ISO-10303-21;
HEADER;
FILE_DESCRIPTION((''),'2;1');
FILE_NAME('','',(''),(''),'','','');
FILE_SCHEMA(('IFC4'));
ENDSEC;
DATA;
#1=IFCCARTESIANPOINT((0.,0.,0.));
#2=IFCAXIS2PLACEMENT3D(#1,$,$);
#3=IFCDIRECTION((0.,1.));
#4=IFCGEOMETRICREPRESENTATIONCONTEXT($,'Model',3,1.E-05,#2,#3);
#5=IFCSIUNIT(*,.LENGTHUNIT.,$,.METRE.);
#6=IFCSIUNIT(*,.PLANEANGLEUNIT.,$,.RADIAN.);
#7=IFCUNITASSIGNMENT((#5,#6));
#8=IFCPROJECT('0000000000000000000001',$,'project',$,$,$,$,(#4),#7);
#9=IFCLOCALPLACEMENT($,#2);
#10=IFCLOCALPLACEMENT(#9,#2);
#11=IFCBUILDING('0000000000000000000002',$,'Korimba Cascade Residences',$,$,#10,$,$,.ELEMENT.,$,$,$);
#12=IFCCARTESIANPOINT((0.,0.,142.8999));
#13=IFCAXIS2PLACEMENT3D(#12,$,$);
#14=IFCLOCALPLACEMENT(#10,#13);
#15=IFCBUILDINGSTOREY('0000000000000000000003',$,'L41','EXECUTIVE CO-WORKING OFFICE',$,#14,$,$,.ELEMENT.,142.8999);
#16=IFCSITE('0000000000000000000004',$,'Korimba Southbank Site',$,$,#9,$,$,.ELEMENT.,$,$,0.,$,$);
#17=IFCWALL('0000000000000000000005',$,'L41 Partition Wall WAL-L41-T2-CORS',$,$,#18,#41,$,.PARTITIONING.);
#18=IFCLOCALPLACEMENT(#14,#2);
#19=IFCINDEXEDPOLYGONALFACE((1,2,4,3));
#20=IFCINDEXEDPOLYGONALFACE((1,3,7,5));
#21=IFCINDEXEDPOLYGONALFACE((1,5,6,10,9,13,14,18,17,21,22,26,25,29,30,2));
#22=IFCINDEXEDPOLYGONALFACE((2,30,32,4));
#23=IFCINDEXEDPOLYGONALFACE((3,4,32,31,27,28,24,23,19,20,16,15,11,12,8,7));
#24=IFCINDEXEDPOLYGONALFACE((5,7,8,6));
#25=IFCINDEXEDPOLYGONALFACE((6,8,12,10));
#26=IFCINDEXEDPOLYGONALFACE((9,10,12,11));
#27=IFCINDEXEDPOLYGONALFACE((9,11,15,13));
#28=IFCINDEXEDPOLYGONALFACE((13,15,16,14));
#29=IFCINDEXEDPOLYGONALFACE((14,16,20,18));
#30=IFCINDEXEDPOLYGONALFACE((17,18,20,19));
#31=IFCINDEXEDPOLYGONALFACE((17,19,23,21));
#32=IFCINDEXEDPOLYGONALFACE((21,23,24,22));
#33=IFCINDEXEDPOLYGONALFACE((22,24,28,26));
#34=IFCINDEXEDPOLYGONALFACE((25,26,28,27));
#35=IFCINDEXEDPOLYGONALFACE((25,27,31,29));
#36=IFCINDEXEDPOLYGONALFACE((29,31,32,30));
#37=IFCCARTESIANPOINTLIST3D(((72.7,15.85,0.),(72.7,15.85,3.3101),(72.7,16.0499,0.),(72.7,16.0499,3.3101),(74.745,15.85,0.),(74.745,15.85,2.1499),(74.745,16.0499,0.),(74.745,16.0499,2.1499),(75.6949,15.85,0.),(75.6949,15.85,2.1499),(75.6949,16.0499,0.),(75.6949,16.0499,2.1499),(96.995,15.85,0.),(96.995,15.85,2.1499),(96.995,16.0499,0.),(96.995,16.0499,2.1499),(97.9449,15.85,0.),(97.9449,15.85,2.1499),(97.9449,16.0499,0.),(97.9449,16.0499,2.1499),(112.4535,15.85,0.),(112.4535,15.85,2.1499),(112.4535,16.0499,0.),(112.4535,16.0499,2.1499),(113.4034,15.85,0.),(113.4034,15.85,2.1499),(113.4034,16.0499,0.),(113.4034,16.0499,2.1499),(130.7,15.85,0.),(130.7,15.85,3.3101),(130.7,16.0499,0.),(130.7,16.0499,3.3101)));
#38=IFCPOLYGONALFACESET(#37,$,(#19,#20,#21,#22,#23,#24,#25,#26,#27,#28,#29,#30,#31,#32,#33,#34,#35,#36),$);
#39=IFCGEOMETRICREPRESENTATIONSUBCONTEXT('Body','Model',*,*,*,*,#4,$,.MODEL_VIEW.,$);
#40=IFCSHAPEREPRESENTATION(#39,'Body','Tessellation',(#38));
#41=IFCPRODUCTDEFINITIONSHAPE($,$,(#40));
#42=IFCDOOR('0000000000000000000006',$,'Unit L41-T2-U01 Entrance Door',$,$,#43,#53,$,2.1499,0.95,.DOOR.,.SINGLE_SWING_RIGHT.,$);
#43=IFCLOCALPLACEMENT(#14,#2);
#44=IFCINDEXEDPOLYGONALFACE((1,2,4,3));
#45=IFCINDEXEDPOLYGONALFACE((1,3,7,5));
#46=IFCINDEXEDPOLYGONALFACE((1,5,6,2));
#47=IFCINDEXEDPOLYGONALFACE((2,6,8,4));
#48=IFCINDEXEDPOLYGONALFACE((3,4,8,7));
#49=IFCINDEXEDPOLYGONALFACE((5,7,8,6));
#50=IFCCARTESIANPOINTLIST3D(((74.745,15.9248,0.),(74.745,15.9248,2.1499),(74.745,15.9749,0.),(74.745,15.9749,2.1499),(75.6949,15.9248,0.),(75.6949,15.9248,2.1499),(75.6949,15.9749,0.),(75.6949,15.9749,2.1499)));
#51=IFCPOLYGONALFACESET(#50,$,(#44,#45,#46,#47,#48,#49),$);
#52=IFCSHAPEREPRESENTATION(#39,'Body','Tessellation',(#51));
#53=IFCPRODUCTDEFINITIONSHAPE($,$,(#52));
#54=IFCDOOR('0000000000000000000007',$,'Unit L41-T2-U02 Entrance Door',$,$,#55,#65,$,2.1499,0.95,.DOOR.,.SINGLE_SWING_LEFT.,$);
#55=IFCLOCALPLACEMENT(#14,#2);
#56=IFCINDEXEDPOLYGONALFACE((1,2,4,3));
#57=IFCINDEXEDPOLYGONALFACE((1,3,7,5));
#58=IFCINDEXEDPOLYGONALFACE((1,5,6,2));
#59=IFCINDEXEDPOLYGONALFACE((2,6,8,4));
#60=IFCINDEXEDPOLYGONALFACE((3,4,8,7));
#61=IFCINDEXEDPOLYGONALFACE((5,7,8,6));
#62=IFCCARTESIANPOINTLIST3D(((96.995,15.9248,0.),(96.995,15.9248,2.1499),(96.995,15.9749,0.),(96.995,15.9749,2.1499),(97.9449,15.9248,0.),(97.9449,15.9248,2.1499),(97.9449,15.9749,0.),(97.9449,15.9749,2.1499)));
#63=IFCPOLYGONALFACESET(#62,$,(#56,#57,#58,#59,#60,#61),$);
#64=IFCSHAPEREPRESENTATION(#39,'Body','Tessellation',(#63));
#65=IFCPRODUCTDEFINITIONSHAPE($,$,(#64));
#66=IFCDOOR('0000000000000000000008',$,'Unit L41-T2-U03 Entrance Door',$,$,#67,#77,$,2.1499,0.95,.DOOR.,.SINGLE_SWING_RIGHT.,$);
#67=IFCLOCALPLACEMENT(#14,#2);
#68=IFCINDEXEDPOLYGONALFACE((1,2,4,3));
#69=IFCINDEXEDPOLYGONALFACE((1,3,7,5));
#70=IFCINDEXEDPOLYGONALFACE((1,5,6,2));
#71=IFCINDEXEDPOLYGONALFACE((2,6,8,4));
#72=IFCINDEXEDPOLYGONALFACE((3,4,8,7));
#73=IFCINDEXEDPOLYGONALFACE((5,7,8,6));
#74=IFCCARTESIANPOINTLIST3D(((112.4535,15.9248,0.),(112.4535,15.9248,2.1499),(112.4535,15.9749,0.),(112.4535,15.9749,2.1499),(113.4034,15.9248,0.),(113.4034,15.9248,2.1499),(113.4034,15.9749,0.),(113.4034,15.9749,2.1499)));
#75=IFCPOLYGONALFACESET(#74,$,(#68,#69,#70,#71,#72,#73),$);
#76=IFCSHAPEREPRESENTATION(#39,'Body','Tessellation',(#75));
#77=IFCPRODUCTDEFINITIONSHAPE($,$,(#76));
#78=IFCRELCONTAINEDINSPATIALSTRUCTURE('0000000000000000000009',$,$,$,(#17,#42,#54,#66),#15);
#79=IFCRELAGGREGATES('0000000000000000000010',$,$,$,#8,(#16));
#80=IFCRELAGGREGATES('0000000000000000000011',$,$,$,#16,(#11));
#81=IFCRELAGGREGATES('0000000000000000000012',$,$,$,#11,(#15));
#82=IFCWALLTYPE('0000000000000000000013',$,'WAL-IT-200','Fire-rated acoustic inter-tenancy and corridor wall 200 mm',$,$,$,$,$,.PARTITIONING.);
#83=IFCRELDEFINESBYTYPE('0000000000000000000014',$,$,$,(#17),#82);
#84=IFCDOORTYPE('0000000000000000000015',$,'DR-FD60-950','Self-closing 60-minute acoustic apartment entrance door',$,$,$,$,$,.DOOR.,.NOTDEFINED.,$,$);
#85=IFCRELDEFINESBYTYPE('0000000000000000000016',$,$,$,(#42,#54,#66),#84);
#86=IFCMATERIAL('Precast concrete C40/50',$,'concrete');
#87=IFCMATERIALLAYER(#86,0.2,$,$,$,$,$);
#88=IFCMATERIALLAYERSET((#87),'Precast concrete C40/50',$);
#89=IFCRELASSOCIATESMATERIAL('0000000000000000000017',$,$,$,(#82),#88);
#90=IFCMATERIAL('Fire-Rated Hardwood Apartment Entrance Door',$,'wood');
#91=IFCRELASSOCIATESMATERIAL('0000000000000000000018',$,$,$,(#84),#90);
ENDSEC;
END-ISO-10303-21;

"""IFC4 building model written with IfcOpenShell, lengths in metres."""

from ifc_helpers import new_model, si_unit, direction, frame, frame_2d, origin, place, context, subcontext, project, spatial, rectangle, extrude, material, layer, layer_set, type_object, element, fill, save


model = new_model("IFC4")

# Units and contexts
model_context = context("Model", 3, precision=1e-05, world=origin(), true_north=direction((0.0, 1.0)))
body_context = subcontext(model_context, "Body", "Model", "MODEL_VIEW")
ifc_project = project(units=[si_unit("LENGTHUNIT", "METRE"), si_unit("PLANEANGLEUNIT", "RADIAN")], contexts=[model_context])

# Site, building, storey
site_placement = place(None, origin())
site = spatial("IfcSite", under=ifc_project, at=site_placement, Name="Korimba Southbank Site", CompositionType="ELEMENT", RefElevation=0.0)
building_placement = place(site_placement, origin())
building = spatial("IfcBuilding", under=site, at=building_placement, Name="Korimba Cascade Residences", CompositionType="ELEMENT")
storey_placement = place(building_placement, frame((0.0, 0.0, 142.8999)))
storey = spatial("IfcBuildingStorey", under=building, at=storey_placement, Name="L41", Description="EXECUTIVE CO-WORKING OFFICE", CompositionType="ELEMENT", Elevation=142.8999)

# Shared definitions
ifc_material_1 = material(Name="Precast concrete C40/50", Category="concrete")

# Shared definitions
ifc_layer_1 = layer(ifc_material_1, 0.2)
ifc_layer_set_1 = layer_set([ifc_layer_1], Name="Precast concrete C40/50")
wall_type_1 = type_object("IfcWallType", Name="WAL-IT-200", Description="Fire-rated acoustic inter-tenancy and corridor wall 200 mm", PredefinedType="PARTITIONING", material=ifc_layer_set_1)

# Wall, openings, doors
wall_1_placement = place(storey_placement, frame((72.7, 15.95, 0.0), z_axis=(0.0, 0.0, 1.0), x_axis=(1.0, 0.0, 0.0)))
wall_1 = element("IfcWall", 1, at=wall_1_placement, inside=storey, type_object=wall_type_1, Name="L41 Partition Wall WAL-L41-T2-CORS", PredefinedType="PARTITIONING", context=body_context, shape_type="SweptSolid", body=[
    extrude(rectangle(XDim=58.0, YDim=0.2, at=frame_2d((29.0, 0.0))), origin(), (0.0, 0.0, 1.0), 3.3101),
])
opening_1_placement = place(wall_1_placement, frame((2.0449, 0.0, 0.0)))
opening_1 = element("IfcOpeningElement", 2, at=opening_1_placement, cuts=wall_1, PredefinedType="OPENING", context=body_context, shape_type="SweptSolid", body=[
    extrude(rectangle(XDim=0.95, YDim=2.1499, at=frame_2d((0.4751, 1.075))), frame((0.0, 0.1099, 0.0), z_axis=(0.0, -1.0, 0.0), x_axis=(1.0, 0.0, 0.0)), (0.0, 0.0, 1.0), 0.22),
])
opening_2_placement = place(wall_1_placement, frame((24.2949, 0.0, 0.0)))
opening_2 = element("IfcOpeningElement", 3, at=opening_2_placement, cuts=wall_1, PredefinedType="OPENING", context=body_context, shape_type="SweptSolid", body=[
    extrude(rectangle(XDim=0.95, YDim=2.1499, at=frame_2d((0.4751, 1.075))), frame((0.0, 0.1099, 0.0), z_axis=(0.0, -1.0, 0.0), x_axis=(1.0, 0.0, 0.0)), (0.0, 0.0, 1.0), 0.22),
])
opening_3_placement = place(wall_1_placement, frame((39.7534, 0.0, 0.0)))
opening_3 = element("IfcOpeningElement", 4, at=opening_3_placement, cuts=wall_1, PredefinedType="OPENING", context=body_context, shape_type="SweptSolid", body=[
    extrude(rectangle(XDim=0.95, YDim=2.1499, at=frame_2d((0.4751, 1.075))), frame((0.0, 0.1099, 0.0), z_axis=(0.0, -1.0, 0.0), x_axis=(1.0, 0.0, 0.0)), (0.0, 0.0, 1.0), 0.22),
])
ifc_material_2 = material(Name="Fire-Rated Hardwood Apartment Entrance Door", Category="wood")
door_type_1 = type_object("IfcDoorType", Name="DR-FD60-950", Description="Self-closing 60-minute acoustic apartment entrance door", OperationType="NOTDEFINED", PredefinedType="DOOR", material=ifc_material_2)
door_1_placement = place(opening_1_placement, origin())
door_1 = element("IfcDoor", 5, at=door_1_placement, inside=storey, type_object=door_type_1, Name="Unit L41-T2-U01 Entrance Door", OperationType="SINGLE_SWING_RIGHT", OverallHeight=2.1499, OverallWidth=0.95, PredefinedType="DOOR", context=body_context, shape_type="SweptSolid", body=[
    extrude(rectangle(XDim=0.95, YDim=2.1499, at=frame_2d((0.4751, 1.075))), frame((0.0, 0.0249, 0.0), z_axis=(0.0, -1.0, 0.0), x_axis=(1.0, 0.0, 0.0)), (0.0, 0.0, 1.0), 0.05),
])
fill(opening_1, door_1)
door_2_placement = place(opening_2_placement, origin())
door_2 = element("IfcDoor", 6, at=door_2_placement, inside=storey, type_object=door_type_1, Name="Unit L41-T2-U02 Entrance Door", OperationType="SINGLE_SWING_LEFT", OverallHeight=2.1499, OverallWidth=0.95, PredefinedType="DOOR", context=body_context, shape_type="SweptSolid", body=[
    extrude(rectangle(XDim=0.95, YDim=2.1499, at=frame_2d((0.4751, 1.075))), frame((0.0, 0.0249, 0.0), z_axis=(0.0, -1.0, 0.0), x_axis=(1.0, 0.0, 0.0)), (0.0, 0.0, 1.0), 0.05),
])
fill(opening_2, door_2)
door_3_placement = place(opening_3_placement, origin())
door_3 = element("IfcDoor", 7, at=door_3_placement, inside=storey, type_object=door_type_1, Name="Unit L41-T2-U03 Entrance Door", OperationType="SINGLE_SWING_RIGHT", OverallHeight=2.1499, OverallWidth=0.95, PredefinedType="DOOR", context=body_context, shape_type="SweptSolid", body=[
    extrude(rectangle(XDim=0.95, YDim=2.1499, at=frame_2d((0.4751, 1.075))), frame((0.0, 0.0249, 0.0), z_axis=(0.0, -1.0, 0.0), x_axis=(1.0, 0.0, 0.0)), (0.0, 0.0, 1.0), 0.05),
])
fill(opening_3, door_3)

save(model, "model.ifc")
